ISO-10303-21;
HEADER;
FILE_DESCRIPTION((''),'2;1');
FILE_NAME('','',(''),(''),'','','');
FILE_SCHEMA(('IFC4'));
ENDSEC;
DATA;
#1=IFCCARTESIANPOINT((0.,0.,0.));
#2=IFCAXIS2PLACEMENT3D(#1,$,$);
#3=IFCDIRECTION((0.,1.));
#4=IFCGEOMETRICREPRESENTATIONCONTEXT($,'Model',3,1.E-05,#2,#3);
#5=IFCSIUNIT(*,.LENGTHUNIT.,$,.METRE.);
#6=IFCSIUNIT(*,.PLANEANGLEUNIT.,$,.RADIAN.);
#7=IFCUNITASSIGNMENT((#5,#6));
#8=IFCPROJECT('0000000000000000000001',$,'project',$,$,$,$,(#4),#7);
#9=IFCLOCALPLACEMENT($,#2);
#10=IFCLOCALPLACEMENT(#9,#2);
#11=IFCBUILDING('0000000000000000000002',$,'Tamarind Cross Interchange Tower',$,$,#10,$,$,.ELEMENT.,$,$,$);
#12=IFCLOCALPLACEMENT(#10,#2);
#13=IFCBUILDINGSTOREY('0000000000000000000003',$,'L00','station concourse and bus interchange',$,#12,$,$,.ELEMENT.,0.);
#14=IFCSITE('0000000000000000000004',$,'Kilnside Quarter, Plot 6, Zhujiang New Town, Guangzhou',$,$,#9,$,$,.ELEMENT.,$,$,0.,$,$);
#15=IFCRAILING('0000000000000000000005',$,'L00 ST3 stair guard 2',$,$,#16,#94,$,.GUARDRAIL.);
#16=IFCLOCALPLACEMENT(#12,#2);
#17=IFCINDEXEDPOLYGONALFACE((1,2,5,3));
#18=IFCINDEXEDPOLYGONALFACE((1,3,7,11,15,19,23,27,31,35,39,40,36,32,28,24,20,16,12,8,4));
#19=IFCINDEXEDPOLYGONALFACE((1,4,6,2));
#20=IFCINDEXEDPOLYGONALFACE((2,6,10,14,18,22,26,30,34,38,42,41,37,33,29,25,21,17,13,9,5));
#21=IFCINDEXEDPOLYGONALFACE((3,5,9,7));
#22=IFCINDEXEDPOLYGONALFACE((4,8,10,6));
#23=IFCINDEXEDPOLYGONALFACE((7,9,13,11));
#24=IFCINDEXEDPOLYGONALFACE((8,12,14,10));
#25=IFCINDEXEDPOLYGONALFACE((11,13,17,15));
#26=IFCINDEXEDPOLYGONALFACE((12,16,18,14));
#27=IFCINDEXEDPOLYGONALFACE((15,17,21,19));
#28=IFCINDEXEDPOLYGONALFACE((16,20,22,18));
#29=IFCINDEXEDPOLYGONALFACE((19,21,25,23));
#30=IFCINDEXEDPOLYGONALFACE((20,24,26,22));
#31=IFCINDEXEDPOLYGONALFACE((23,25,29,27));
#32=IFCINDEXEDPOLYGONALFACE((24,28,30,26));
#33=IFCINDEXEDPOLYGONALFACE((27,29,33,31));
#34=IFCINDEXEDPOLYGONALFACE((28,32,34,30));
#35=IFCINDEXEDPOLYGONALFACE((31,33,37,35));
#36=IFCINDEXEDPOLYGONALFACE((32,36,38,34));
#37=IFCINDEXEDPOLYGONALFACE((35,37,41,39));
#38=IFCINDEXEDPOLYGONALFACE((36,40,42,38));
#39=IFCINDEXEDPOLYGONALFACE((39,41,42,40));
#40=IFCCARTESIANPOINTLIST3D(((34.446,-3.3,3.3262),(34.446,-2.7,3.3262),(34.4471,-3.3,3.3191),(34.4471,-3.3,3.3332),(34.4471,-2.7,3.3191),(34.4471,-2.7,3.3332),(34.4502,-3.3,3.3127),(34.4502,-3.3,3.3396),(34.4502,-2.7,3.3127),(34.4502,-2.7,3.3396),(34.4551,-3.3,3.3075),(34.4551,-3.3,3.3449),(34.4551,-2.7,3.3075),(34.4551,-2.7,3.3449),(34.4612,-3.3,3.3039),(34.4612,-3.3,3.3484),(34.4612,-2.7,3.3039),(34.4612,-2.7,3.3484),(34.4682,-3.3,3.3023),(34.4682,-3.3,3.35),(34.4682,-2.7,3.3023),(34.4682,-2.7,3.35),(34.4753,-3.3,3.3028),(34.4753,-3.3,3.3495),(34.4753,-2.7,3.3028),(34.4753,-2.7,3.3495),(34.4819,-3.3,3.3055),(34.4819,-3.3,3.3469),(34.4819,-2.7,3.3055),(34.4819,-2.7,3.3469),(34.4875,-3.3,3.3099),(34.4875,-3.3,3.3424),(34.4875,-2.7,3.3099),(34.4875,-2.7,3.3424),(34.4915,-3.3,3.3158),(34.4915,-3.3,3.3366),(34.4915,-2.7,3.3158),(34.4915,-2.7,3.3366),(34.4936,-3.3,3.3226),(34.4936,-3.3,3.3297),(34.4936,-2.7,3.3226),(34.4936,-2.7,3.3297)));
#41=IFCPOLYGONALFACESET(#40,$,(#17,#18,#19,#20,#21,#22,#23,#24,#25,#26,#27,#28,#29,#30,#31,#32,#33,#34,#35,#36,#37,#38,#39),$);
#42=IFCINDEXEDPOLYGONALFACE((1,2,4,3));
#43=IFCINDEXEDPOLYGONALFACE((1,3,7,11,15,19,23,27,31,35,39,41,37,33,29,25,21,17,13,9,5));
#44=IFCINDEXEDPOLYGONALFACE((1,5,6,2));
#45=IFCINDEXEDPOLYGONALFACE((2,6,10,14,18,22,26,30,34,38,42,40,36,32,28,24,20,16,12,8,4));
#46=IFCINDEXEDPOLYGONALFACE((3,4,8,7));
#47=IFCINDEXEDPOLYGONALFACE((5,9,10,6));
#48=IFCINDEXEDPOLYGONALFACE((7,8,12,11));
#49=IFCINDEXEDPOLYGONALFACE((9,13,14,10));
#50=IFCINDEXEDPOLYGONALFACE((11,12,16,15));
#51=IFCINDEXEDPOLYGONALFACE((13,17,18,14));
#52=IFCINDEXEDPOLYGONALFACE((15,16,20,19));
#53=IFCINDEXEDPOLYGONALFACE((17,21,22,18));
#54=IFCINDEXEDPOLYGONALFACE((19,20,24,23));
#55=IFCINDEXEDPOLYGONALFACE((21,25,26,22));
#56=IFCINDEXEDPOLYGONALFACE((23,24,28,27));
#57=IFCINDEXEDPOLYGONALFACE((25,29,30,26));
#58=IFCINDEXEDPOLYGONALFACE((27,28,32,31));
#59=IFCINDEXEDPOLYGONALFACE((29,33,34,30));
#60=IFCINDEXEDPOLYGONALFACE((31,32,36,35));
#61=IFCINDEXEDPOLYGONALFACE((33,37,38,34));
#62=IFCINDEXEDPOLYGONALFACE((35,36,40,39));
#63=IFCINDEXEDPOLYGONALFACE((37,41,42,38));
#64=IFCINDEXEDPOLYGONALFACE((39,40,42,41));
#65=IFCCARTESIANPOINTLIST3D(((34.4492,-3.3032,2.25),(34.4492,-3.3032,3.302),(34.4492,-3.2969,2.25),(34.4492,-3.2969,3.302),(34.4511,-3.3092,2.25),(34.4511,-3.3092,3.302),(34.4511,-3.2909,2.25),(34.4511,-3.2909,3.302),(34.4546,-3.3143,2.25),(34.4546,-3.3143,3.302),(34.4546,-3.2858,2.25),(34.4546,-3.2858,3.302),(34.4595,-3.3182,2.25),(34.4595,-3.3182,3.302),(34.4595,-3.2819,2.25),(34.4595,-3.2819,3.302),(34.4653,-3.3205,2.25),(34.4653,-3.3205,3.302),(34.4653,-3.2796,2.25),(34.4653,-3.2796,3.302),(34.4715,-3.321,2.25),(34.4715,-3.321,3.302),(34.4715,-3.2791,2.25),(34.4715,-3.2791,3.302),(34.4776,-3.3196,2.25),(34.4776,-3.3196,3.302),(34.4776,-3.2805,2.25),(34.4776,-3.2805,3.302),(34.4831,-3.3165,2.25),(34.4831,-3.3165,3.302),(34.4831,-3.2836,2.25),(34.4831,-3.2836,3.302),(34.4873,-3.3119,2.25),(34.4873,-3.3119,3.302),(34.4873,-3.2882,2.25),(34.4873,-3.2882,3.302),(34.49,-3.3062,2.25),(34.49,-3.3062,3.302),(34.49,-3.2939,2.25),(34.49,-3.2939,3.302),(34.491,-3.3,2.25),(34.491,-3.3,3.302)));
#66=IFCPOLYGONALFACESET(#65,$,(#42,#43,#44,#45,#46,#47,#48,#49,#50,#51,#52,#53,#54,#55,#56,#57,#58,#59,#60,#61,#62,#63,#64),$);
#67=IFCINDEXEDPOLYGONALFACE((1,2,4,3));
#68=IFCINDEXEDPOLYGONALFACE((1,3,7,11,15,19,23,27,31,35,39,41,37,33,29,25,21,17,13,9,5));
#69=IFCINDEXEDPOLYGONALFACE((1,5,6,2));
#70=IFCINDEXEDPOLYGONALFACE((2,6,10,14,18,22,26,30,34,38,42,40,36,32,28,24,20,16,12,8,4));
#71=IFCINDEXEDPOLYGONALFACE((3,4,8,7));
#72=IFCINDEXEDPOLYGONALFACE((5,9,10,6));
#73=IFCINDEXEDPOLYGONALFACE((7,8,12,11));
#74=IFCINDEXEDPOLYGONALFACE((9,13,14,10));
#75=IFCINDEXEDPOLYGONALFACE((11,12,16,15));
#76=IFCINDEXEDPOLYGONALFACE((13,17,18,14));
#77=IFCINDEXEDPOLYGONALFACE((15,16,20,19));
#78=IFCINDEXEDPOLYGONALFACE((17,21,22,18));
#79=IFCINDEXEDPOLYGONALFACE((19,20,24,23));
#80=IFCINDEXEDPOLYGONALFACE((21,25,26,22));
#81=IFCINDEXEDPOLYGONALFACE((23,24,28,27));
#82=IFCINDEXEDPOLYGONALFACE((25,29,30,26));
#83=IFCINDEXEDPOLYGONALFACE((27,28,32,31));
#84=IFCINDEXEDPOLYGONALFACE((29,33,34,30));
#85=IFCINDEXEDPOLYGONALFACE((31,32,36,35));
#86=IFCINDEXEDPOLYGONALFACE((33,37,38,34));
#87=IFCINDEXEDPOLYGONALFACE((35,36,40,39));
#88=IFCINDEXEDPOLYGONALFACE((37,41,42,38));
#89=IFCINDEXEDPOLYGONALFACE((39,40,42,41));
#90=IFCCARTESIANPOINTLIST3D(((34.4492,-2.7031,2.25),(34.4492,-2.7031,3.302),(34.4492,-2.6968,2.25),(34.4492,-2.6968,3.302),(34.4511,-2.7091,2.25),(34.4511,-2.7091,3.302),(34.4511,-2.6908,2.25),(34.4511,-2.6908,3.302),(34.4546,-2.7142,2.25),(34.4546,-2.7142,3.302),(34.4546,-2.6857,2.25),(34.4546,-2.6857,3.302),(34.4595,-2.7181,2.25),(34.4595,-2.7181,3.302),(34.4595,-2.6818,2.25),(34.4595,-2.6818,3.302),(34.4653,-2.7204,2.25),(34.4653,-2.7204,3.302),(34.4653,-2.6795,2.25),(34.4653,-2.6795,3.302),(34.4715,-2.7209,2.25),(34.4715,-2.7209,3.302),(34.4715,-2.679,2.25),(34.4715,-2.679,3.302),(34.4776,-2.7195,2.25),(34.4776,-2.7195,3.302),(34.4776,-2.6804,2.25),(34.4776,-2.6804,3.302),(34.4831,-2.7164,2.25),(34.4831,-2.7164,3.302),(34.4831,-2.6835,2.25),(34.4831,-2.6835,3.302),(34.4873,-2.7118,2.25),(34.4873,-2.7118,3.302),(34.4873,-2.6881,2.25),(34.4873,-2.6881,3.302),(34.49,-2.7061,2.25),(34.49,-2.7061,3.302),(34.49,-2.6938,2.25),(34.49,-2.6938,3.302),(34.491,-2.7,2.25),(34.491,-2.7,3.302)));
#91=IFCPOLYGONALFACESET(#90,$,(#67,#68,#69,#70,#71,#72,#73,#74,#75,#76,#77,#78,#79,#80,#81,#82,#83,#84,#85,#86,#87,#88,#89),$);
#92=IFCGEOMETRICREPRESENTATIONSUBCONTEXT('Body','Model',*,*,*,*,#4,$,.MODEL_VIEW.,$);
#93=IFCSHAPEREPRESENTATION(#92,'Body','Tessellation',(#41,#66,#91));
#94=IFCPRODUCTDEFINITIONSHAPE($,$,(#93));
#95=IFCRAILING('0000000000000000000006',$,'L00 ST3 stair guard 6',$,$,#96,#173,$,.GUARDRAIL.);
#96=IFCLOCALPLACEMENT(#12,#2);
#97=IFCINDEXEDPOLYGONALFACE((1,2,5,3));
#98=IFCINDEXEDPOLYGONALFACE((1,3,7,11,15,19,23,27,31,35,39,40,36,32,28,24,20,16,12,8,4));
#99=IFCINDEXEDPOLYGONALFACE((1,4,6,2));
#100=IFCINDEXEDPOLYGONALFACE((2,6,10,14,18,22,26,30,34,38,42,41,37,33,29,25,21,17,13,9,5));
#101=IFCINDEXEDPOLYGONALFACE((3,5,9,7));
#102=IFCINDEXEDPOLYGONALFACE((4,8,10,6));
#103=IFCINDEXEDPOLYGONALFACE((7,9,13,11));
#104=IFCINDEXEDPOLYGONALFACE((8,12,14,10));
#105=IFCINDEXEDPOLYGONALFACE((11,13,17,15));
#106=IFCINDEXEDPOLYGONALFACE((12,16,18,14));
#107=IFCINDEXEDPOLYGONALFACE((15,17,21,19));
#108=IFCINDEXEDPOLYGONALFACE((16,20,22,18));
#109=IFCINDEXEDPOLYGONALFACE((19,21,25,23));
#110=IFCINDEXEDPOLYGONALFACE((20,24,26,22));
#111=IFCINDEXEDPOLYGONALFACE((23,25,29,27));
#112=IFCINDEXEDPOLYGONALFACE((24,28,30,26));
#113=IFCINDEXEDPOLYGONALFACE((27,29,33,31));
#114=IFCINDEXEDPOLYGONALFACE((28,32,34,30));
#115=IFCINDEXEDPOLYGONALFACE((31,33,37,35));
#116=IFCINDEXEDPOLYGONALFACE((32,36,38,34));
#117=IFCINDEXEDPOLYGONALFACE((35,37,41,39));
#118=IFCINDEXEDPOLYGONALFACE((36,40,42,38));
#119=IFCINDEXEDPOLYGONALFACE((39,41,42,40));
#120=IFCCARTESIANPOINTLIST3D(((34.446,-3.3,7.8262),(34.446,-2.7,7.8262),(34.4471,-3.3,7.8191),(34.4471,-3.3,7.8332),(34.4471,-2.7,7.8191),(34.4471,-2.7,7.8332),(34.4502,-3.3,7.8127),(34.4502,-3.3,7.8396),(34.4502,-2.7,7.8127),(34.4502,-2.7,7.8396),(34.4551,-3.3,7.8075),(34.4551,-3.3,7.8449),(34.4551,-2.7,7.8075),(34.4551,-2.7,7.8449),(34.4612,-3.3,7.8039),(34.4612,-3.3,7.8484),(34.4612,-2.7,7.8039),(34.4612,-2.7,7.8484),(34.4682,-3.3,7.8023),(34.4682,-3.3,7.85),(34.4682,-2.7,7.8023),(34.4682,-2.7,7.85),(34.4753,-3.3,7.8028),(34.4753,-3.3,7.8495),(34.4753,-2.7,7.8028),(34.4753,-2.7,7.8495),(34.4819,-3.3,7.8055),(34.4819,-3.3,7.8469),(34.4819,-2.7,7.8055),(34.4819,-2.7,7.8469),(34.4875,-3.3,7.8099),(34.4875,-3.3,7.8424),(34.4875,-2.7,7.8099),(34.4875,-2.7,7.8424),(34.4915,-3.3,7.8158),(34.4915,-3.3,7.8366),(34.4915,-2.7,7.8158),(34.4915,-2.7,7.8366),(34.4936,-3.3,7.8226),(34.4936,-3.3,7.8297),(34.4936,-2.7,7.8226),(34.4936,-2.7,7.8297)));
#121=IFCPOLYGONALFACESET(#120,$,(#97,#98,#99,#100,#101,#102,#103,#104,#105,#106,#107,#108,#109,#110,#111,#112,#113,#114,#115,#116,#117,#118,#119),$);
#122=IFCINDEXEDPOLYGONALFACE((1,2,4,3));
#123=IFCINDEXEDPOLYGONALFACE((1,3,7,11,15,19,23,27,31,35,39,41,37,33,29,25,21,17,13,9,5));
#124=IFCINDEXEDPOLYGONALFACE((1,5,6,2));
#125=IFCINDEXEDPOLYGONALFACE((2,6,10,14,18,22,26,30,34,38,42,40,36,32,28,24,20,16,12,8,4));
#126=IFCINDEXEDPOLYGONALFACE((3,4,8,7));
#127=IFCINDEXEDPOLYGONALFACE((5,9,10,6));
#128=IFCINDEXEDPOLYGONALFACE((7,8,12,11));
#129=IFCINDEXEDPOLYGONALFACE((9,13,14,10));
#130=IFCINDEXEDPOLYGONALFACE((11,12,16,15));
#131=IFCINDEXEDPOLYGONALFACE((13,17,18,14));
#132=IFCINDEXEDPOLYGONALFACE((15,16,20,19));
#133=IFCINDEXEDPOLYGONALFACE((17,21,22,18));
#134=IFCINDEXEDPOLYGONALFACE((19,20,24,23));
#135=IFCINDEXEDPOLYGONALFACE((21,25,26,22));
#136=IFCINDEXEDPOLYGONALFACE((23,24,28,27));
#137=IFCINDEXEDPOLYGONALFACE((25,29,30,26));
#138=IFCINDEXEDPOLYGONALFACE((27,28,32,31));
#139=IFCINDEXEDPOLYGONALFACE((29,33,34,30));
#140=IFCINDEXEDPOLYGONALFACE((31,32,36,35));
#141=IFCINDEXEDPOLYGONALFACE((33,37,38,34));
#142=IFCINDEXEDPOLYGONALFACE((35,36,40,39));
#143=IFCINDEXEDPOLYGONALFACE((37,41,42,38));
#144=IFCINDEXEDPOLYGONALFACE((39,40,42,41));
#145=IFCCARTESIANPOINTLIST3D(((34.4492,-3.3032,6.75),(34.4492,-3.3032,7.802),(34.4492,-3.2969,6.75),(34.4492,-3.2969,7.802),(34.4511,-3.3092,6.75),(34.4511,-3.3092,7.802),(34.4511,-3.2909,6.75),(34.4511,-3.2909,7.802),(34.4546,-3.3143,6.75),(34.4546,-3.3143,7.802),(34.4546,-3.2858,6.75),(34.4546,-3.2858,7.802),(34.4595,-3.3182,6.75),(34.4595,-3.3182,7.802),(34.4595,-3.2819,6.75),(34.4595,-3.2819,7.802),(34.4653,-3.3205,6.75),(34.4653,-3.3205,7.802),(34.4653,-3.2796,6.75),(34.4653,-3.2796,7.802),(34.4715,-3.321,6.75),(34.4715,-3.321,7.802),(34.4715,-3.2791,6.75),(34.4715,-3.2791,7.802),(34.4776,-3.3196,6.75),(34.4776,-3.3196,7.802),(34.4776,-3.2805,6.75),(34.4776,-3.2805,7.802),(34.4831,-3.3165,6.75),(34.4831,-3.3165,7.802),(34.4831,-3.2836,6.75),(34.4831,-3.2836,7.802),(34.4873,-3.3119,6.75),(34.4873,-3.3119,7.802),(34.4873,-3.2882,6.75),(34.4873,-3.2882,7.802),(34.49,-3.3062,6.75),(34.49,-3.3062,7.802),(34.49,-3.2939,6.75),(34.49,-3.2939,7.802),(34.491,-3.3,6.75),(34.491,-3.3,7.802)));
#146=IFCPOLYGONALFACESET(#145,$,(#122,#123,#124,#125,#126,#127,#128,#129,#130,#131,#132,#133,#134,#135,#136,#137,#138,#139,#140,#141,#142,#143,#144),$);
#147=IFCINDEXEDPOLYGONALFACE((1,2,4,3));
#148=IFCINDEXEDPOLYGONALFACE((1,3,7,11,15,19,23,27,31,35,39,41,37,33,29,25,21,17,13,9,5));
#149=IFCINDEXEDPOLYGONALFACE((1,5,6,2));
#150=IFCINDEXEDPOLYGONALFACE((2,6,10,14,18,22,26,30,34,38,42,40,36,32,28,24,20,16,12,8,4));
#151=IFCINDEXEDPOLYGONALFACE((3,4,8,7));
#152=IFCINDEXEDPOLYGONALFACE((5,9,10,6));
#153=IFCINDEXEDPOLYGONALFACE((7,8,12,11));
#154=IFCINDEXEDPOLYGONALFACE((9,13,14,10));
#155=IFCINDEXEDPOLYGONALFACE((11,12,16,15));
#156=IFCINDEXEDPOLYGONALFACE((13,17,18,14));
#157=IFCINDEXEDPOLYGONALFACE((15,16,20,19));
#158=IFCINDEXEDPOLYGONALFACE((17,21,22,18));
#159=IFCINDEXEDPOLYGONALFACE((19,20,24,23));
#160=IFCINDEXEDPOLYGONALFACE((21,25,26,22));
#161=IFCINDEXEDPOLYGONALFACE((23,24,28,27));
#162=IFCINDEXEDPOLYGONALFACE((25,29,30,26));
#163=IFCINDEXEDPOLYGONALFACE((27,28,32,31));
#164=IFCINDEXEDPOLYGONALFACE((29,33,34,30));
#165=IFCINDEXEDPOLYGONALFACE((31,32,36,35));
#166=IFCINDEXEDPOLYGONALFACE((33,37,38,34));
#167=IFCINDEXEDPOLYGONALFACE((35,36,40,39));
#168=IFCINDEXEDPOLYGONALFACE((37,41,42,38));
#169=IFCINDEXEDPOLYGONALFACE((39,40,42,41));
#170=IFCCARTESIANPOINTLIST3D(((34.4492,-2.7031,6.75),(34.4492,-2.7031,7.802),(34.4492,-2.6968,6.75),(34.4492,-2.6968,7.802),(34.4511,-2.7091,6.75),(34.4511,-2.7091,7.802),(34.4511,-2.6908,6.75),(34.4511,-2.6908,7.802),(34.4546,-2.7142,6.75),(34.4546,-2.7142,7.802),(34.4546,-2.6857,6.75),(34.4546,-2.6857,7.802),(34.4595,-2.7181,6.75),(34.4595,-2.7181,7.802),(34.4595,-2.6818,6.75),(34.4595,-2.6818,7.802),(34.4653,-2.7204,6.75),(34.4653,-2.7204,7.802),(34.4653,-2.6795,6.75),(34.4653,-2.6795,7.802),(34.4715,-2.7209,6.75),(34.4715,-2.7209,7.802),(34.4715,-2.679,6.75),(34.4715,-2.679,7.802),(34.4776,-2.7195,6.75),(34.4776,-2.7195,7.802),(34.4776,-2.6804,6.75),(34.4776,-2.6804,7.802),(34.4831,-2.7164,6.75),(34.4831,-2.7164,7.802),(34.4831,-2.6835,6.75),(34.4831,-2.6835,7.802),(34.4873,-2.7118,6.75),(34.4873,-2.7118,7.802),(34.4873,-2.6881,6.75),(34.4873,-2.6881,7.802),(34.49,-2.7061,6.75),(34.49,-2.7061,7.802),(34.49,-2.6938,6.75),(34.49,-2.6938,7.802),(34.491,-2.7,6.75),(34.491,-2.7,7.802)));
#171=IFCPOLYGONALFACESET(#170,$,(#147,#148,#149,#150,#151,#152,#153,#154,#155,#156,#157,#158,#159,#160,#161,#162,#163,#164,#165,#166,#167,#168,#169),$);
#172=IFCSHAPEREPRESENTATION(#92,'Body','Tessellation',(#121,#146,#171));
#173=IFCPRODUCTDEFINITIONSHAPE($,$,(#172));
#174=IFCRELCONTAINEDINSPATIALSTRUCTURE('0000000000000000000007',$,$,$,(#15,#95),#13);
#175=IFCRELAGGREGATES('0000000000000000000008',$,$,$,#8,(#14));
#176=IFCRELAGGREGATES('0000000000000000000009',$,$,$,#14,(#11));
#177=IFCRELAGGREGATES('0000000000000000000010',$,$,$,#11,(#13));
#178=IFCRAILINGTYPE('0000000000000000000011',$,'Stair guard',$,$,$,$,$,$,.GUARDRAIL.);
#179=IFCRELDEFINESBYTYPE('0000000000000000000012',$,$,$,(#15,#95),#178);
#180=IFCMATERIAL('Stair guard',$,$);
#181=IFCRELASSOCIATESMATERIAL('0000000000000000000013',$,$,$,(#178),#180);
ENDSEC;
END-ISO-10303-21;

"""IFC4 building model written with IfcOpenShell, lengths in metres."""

from ifc_helpers import new_model, si_unit, direction, frame, origin, origin_2d, place, context, subcontext, project, spatial, circle, extrude, material, type_object, element, save


model = new_model("IFC4")

# Units and contexts
model_context = context("Model", 3, precision=1e-05, world=origin(), true_north=direction((0.0, 1.0)))
body_context = subcontext(model_context, "Body", "Model", "MODEL_VIEW")
ifc_project = project(units=[si_unit("LENGTHUNIT", "METRE"), si_unit("PLANEANGLEUNIT", "RADIAN")], contexts=[model_context])

# Site, building, storey
site_placement = place(None, origin())
site = spatial("IfcSite", under=ifc_project, at=site_placement, Name="Kilnside Quarter, Plot 6, Zhujiang New Town, Guangzhou", CompositionType="ELEMENT", RefElevation=0.0)
building_placement = place(site_placement, origin())
building = spatial("IfcBuilding", under=site, at=building_placement, Name="Tamarind Cross Interchange Tower", CompositionType="ELEMENT")
storey_placement = place(building_placement, origin())
storey = spatial("IfcBuildingStorey", under=building, at=storey_placement, Name="L00", Description="station concourse and bus interchange", CompositionType="ELEMENT", Elevation=0.0)

# Railings
ifc_material_1 = material(Name="Stair guard")
railing_type_1 = type_object("IfcRailingType", Name="Stair guard", PredefinedType="GUARDRAIL", material=ifc_material_1)
for number, where, name in (
    (1, (34.47, -3.3, 2.25), "L00 ST3 stair guard 2"),
    (2, (34.47, -3.3, 6.75), "L00 ST3 stair guard 6"),
):
    element("IfcRailing", number, at=place(storey_placement, frame(where)), inside=storey, type_object=railing_type_1, Name=name, PredefinedType="GUARDRAIL", context=body_context, shape_type="SweptSolid", body=[
        extrude(circle(Radius=0.0239, at=origin_2d()), frame((0.0, 0.0, 1.0762), z_axis=(0.0, 1.0, 0.0), x_axis=(-1.0, 0.0, 0.0)), (0.0, 0.0, 1.0), 0.6001),
        extrude(circle(Radius=0.021, at=origin_2d()), origin(), (0.0, 0.0, 1.0), 1.052),
        extrude(circle(Radius=0.021, at=origin_2d()), frame((0.0, 0.6001, 0.0)), (0.0, 0.0, 1.0), 1.052),
    ])

save(model, "model.ifc")
